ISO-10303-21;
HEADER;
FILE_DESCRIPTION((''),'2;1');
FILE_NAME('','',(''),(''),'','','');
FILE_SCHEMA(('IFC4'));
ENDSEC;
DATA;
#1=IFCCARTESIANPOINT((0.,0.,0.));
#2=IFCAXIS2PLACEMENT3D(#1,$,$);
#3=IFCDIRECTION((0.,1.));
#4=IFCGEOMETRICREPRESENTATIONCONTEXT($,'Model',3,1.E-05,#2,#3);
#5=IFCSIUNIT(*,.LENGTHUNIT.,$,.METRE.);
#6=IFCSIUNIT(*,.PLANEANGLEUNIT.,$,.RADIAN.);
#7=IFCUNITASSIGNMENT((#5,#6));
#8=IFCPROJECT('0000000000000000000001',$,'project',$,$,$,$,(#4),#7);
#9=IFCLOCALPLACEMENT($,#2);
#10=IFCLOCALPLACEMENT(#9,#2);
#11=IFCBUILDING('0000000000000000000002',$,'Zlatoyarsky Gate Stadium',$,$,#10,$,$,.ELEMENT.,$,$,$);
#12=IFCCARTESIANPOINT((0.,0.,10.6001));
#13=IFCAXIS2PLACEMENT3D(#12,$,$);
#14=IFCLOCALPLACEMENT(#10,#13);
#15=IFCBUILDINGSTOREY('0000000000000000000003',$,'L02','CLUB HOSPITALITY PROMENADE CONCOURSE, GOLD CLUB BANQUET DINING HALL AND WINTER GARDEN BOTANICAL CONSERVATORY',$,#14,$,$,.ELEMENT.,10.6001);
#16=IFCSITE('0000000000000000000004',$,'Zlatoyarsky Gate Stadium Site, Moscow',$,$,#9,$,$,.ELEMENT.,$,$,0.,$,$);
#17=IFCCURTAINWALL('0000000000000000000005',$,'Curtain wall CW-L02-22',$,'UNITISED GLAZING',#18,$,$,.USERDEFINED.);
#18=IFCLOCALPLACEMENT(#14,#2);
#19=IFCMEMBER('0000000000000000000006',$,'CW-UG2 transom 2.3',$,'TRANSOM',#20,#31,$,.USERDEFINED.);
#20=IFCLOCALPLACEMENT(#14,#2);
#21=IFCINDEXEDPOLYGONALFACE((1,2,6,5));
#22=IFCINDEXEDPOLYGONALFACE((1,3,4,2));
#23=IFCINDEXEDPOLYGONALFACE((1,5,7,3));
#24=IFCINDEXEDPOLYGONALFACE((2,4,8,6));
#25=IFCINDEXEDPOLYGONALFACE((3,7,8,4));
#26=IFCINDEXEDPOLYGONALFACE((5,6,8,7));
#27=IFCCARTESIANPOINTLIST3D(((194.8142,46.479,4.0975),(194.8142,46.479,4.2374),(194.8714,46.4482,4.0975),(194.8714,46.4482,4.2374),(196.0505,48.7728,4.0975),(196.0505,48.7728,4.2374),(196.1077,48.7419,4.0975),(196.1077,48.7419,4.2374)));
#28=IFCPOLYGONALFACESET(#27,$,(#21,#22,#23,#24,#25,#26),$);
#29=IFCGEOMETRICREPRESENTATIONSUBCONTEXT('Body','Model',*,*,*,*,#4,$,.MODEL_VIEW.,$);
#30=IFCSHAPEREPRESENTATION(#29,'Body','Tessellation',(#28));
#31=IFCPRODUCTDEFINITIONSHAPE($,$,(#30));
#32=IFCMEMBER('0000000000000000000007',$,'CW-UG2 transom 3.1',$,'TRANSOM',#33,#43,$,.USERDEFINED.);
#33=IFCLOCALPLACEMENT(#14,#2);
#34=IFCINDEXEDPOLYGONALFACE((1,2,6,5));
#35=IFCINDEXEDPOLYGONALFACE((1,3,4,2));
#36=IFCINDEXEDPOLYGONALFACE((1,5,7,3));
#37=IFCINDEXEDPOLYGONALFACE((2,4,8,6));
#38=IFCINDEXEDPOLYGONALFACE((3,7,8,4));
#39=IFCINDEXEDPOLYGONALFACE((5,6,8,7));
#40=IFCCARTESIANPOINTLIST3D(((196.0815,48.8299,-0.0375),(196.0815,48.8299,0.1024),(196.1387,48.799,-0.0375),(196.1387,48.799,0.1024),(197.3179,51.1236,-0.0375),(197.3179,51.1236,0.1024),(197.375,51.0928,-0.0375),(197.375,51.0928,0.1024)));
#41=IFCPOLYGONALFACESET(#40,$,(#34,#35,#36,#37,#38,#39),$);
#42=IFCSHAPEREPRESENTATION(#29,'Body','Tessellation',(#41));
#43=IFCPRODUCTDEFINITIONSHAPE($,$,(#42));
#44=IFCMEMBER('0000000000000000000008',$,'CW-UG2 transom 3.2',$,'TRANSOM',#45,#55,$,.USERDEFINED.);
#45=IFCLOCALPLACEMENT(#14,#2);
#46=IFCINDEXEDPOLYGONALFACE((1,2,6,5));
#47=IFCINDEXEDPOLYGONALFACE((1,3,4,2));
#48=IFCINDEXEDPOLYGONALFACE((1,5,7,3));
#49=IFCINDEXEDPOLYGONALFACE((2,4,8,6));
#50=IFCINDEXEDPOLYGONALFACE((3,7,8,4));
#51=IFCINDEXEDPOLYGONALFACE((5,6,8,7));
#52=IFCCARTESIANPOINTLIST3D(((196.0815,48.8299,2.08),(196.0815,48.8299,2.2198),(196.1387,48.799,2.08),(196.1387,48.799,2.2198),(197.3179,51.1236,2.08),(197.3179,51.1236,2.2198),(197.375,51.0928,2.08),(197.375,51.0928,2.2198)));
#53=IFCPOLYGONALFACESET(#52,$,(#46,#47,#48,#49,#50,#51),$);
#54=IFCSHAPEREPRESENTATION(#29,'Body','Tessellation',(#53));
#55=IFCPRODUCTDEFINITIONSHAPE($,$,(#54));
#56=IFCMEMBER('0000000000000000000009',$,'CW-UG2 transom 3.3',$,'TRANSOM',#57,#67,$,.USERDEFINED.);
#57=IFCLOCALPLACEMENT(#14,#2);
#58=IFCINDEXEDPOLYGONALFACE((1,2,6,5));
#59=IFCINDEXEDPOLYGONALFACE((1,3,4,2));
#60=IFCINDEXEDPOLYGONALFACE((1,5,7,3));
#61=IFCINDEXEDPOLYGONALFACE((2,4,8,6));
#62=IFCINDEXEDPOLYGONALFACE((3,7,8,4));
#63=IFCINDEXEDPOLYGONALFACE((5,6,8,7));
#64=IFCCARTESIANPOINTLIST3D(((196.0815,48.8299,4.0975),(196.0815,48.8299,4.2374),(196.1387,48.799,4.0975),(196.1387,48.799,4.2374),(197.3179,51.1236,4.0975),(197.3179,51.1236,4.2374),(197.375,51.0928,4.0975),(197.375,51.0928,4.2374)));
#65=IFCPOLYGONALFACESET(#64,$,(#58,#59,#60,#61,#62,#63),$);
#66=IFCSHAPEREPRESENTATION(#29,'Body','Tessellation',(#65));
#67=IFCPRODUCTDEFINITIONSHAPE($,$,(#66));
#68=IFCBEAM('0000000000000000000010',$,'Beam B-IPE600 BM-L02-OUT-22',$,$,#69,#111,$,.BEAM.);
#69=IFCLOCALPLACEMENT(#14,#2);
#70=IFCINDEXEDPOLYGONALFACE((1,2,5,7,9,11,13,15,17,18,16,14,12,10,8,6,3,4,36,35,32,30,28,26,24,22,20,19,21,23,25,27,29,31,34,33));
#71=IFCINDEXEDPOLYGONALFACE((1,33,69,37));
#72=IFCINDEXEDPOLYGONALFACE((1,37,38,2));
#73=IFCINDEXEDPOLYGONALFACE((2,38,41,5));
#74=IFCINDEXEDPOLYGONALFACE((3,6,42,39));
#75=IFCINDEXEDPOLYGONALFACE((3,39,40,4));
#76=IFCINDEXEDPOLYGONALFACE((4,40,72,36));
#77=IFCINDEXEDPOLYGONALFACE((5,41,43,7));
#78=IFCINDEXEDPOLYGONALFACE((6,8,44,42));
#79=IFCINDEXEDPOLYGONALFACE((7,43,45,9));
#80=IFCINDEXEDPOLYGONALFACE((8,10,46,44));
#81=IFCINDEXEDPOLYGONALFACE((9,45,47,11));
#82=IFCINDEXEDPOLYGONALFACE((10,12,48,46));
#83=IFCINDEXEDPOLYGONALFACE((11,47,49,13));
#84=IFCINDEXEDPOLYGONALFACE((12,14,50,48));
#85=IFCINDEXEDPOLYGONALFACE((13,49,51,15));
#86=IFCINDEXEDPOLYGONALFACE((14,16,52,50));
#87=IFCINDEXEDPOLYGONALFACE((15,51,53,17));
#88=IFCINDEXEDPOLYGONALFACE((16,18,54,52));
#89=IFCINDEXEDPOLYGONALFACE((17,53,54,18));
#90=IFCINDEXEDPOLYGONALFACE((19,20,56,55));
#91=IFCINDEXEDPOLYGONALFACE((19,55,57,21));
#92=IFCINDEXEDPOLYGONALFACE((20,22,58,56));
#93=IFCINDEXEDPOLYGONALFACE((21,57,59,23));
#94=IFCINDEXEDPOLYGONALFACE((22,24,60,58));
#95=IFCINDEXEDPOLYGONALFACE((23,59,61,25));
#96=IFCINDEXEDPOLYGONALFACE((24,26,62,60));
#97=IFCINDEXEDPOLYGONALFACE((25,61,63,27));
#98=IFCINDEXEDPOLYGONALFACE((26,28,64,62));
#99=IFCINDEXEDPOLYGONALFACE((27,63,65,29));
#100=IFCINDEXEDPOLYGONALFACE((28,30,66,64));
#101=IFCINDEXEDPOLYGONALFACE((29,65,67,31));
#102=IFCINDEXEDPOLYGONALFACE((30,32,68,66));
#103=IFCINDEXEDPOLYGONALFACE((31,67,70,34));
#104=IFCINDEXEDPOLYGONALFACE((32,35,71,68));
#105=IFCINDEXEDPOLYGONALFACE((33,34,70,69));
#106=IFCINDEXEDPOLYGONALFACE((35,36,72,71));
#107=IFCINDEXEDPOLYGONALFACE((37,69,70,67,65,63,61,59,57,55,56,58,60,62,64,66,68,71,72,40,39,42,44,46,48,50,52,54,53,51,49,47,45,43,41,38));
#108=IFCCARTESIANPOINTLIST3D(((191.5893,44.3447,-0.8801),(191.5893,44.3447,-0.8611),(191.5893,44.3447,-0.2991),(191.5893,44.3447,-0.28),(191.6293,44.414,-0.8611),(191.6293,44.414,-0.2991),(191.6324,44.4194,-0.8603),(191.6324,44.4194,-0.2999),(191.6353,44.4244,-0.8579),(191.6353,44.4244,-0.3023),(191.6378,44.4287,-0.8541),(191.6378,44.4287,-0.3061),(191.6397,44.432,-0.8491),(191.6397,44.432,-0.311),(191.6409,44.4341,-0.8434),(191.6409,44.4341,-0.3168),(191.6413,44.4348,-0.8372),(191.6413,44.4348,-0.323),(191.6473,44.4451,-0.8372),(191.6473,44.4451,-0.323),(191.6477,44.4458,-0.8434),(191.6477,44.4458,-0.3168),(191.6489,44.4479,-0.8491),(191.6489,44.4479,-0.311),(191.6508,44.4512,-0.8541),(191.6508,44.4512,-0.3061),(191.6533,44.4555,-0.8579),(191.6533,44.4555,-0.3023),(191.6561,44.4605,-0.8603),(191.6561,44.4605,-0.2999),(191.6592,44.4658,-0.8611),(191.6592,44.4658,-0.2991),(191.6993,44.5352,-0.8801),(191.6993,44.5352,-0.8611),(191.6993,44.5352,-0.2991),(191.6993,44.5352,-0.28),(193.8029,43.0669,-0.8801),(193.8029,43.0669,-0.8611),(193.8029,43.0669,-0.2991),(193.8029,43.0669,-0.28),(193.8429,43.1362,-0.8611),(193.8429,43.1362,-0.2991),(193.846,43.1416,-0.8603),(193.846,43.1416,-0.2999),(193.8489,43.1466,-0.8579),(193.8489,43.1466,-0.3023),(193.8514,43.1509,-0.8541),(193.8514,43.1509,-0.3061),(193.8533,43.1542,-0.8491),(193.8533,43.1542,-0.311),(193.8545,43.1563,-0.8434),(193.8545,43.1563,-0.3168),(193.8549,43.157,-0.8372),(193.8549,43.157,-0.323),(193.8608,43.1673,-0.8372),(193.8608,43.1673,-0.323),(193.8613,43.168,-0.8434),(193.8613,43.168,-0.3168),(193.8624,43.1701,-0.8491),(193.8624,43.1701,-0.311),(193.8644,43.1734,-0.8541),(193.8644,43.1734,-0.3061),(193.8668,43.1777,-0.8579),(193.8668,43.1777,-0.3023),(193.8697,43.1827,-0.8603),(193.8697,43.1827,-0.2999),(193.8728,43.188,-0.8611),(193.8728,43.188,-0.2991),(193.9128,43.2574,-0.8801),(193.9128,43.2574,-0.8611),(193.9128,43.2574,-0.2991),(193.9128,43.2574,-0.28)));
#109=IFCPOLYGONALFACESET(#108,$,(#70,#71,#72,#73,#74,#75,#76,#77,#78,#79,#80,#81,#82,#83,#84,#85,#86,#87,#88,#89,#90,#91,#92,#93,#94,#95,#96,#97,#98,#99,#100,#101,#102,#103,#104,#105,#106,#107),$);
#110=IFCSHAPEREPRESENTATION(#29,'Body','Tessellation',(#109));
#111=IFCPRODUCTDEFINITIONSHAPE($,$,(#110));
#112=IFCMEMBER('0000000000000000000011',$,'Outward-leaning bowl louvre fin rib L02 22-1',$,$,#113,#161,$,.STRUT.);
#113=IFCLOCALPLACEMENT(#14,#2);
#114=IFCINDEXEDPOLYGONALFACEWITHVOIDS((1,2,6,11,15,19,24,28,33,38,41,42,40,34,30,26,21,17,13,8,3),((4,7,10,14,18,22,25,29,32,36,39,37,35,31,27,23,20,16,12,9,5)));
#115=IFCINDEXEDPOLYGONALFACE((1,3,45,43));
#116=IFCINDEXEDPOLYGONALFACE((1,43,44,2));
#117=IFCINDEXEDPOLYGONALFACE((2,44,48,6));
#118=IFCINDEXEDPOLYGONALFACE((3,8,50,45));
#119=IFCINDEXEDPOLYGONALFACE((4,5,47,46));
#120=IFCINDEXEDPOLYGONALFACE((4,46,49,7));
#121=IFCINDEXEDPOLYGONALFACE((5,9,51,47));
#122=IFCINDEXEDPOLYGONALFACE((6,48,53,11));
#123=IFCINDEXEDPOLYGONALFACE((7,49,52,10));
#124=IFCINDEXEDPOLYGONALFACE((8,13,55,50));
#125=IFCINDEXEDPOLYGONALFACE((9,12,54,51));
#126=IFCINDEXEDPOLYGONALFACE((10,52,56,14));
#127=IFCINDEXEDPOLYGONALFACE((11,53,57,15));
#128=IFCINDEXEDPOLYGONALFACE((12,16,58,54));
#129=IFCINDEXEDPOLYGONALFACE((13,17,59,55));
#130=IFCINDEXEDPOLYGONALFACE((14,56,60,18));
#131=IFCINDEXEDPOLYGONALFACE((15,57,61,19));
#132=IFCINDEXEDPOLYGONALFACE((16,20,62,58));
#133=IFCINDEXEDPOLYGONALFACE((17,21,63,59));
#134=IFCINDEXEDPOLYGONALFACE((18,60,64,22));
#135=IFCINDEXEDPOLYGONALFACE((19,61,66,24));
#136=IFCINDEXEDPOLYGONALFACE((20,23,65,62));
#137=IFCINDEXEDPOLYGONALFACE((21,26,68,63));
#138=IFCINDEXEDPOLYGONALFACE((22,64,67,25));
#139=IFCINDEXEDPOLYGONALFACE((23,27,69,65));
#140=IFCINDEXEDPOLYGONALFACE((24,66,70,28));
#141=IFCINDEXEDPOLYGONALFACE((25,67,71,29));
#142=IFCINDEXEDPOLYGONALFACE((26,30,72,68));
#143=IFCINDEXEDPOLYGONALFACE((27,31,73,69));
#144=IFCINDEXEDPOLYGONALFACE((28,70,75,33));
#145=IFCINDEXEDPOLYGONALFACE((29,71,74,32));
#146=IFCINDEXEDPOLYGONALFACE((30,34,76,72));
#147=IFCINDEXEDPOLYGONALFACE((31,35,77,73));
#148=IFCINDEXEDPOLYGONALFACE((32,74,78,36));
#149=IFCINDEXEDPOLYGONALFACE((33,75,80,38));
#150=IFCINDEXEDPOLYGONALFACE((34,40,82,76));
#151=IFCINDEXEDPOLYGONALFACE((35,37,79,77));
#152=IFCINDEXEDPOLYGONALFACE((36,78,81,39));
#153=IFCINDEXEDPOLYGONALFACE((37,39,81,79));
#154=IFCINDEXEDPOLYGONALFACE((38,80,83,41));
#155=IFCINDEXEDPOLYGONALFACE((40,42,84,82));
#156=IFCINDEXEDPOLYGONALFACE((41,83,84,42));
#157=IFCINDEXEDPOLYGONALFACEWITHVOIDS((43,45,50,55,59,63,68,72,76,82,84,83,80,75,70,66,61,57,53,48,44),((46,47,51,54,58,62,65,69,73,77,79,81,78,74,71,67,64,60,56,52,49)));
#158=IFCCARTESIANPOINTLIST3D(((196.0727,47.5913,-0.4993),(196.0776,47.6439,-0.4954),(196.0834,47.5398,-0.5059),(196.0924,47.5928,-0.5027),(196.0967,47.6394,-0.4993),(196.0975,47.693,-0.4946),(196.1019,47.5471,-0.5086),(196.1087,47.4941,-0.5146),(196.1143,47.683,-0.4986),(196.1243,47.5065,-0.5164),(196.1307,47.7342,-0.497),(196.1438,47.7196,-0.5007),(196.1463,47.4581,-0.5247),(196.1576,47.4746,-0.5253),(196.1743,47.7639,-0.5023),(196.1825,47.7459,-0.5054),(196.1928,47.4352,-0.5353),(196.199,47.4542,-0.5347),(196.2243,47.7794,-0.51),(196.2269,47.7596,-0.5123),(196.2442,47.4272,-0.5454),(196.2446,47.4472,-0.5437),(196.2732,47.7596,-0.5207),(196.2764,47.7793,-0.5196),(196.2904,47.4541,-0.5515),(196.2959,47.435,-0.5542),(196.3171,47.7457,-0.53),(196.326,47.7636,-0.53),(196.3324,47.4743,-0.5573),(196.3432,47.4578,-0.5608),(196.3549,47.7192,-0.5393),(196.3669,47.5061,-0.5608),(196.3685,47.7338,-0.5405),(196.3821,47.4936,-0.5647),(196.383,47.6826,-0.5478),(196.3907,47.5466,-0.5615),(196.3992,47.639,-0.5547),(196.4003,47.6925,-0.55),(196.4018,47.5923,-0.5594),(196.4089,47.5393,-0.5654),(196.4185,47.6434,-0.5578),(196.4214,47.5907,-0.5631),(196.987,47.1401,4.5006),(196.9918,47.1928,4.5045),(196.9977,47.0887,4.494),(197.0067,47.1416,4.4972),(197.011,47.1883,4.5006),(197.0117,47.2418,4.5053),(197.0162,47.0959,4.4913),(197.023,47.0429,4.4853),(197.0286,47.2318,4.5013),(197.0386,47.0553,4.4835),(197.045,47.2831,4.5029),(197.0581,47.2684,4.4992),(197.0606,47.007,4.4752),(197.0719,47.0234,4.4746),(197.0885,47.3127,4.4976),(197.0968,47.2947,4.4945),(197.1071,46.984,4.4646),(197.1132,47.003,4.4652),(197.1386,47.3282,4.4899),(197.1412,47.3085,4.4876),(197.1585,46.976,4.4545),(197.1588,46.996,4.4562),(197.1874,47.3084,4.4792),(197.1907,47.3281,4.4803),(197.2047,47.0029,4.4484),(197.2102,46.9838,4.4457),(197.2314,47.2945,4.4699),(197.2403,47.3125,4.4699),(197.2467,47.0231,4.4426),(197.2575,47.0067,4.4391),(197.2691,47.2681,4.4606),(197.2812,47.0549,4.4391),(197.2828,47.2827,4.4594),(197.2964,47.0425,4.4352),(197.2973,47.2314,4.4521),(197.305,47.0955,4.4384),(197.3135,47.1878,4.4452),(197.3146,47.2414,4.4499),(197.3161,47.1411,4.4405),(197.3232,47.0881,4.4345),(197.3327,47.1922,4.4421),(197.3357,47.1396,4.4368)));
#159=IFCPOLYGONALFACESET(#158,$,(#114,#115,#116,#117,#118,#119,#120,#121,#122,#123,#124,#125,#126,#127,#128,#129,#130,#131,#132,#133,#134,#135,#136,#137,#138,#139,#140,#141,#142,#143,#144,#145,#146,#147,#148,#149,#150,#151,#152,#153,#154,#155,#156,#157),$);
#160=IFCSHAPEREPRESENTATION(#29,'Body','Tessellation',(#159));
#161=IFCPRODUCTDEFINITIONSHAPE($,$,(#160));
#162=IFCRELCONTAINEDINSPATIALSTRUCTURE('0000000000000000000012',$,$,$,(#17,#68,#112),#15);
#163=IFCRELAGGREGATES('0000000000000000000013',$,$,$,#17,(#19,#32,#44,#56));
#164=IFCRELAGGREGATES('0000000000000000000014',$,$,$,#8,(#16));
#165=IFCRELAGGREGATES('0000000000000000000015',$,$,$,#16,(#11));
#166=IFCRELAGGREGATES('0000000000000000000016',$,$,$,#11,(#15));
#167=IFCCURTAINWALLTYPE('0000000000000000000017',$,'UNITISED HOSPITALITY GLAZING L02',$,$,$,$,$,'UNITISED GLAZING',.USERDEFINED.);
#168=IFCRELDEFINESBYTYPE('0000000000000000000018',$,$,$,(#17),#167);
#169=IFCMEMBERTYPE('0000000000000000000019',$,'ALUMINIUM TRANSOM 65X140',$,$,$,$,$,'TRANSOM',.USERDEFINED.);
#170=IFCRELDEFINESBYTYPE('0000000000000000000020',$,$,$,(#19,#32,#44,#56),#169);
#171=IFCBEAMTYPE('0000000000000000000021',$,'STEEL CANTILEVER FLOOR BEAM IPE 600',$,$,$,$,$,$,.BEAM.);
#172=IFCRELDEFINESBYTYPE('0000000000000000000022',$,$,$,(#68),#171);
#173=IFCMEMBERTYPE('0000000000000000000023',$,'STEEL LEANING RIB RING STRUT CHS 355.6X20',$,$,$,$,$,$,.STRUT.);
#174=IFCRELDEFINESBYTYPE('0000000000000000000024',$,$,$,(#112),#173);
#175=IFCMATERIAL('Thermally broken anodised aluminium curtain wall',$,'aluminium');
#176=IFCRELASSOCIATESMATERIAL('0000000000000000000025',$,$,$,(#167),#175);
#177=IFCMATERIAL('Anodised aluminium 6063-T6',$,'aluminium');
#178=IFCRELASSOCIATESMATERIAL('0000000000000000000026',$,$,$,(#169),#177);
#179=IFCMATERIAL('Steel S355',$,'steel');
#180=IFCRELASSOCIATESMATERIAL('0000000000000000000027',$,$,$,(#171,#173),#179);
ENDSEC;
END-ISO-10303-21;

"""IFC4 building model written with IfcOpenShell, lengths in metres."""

from ifc_helpers import new_model, si_unit, direction, frame, origin, origin_2d, place, context, subcontext, project, spatial, rectangle, hollow_circle, i_section, extrude, material, material_profile, profile_set, type_object, element, aggregate, save


model = new_model("IFC4")

# Units and contexts
model_context = context("Model", 3, precision=1e-05, world=origin(), true_north=direction((0.0, 1.0)))
body_context = subcontext(model_context, "Body", "Model", "MODEL_VIEW")
ifc_project = project(units=[si_unit("LENGTHUNIT", "METRE"), si_unit("PLANEANGLEUNIT", "RADIAN")], contexts=[model_context])

# Site, building, storey
site_placement = place(None, origin())
site = spatial("IfcSite", under=ifc_project, at=site_placement, Name="Zlatoyarsky Gate Stadium Site, Moscow", CompositionType="ELEMENT", RefElevation=0.0)
building_placement = place(site_placement, origin())
building = spatial("IfcBuilding", under=site, at=building_placement, Name="Zlatoyarsky Gate Stadium", CompositionType="ELEMENT")
storey_placement = place(building_placement, frame((0.0, 0.0, 10.6001)))
storey = spatial("IfcBuildingStorey", under=building, at=storey_placement, Name="L02", Description="CLUB HOSPITALITY PROMENADE CONCOURSE, GOLD CLUB BANQUET DINING HALL AND WINTER GARDEN BOTANICAL CONSERVATORY", CompositionType="ELEMENT", Elevation=10.6001)

# Shared definitions
ifc_material_1 = material(Name="Steel S355", Category="steel")

# Curtain wall, members
ifc_material_2 = material(Name="Thermally broken anodised aluminium curtain wall", Category="aluminium")
curtain_wall_type = type_object("IfcCurtainWallType", Name="UNITISED HOSPITALITY GLAZING L02", ElementType="UNITISED GLAZING", PredefinedType="USERDEFINED", material=ifc_material_2)
curtain_wall_placement = place(storey_placement, origin())
curtain_wall = element("IfcCurtainWall", 1, at=curtain_wall_placement, inside=storey, type_object=curtain_wall_type, Name="Curtain wall CW-L02-22", ObjectType="UNITISED GLAZING", PredefinedType="USERDEFINED")
ifc_material_3 = material(Name="Anodised aluminium 6063-T6", Category="aluminium")
ifc_material_profile_1 = material_profile(ifc_material_3, rectangle(XDim=0.0649, YDim=0.1399, at=origin_2d()), Name="ALU 65X140")
ifc_profile_set_1 = profile_set([ifc_material_profile_1], Name="Anodised aluminium 6063-T6")
member_type_1 = type_object("IfcMemberType", Name="ALUMINIUM TRANSOM 65X140", ElementType="TRANSOM", PredefinedType="USERDEFINED", material=ifc_profile_set_1)
member_1_placement = place(storey_placement, frame((194.8428, 46.4636, 4.1675), z_axis=(0.474474, 0.880269, 0.0), x_axis=(-0.880269, 0.474474, 0.0)))
member_1 = element("IfcMember", 2, at=member_1_placement, type_object=member_type_1, Name="CW-UG2 transom 2.3", ObjectType="TRANSOM", PredefinedType="USERDEFINED", context=body_context, shape_type="SweptSolid", body=[
    extrude(rectangle(XDim=0.0649, YDim=0.1399, at=origin_2d()), origin(), (0.0, 0.0, 1.0), 2.6057),
])
member_2_placement = place(storey_placement, frame((196.1101, 48.8145, 0.0325), z_axis=(0.474474, 0.880269, 0.0), x_axis=(-0.880269, 0.474474, 0.0)))
member_2 = element("IfcMember", 3, at=member_2_placement, type_object=member_type_1, Name="CW-UG2 transom 3.1", ObjectType="TRANSOM", PredefinedType="USERDEFINED", context=body_context, shape_type="SweptSolid", body=[
    extrude(rectangle(XDim=0.0649, YDim=0.1399, at=origin_2d()), origin(), (0.0, 0.0, 1.0), 2.6057),
])
member_3_placement = place(storey_placement, frame((196.1101, 48.8145, 2.1499), z_axis=(0.474474, 0.880269, 0.0), x_axis=(-0.880269, 0.474474, 0.0)))
member_3 = element("IfcMember", 4, at=member_3_placement, type_object=member_type_1, Name="CW-UG2 transom 3.2", ObjectType="TRANSOM", PredefinedType="USERDEFINED", context=body_context, shape_type="SweptSolid", body=[
    extrude(rectangle(XDim=0.0649, YDim=0.1399, at=origin_2d()), origin(), (0.0, 0.0, 1.0), 2.6057),
])
member_4_placement = place(storey_placement, frame((196.1101, 48.8145, 4.1675), z_axis=(0.474474, 0.880269, 0.0), x_axis=(-0.880269, 0.474474, 0.0)))
member_4 = element("IfcMember", 5, at=member_4_placement, type_object=member_type_1, Name="CW-UG2 transom 3.3", ObjectType="TRANSOM", PredefinedType="USERDEFINED", context=body_context, shape_type="SweptSolid", body=[
    extrude(rectangle(XDim=0.0649, YDim=0.1399, at=origin_2d()), origin(), (0.0, 0.0, 1.0), 2.6057),
])

# Beam
ifc_material_profile_2 = material_profile(ifc_material_1, i_section(OverallWidth=0.22, OverallDepth=0.6001, WebThickness=0.012, FlangeThickness=0.019, FilletRadius=0.0239, at=origin_2d()), Name="IPE 600")
ifc_profile_set_2 = profile_set([ifc_material_profile_2], Name="Steel S355")
beam_type_1 = type_object("IfcBeamType", Name="STEEL CANTILEVER FLOOR BEAM IPE 600", PredefinedType="BEAM", material=ifc_profile_set_2)
beam_1_placement = place(storey_placement, frame((191.6443, 44.4399, -0.5801), z_axis=(0.86606, -0.49994, 0.0), x_axis=(0.49994, 0.86606, 0.0)))
element("IfcBeam", 6, at=beam_1_placement, inside=storey, type_object=beam_type_1, Name="Beam B-IPE600 BM-L02-OUT-22", PredefinedType="BEAM", context=body_context, shape_type="SweptSolid", body=[
    extrude(i_section(OverallWidth=0.22, OverallDepth=0.6001, WebThickness=0.012, FlangeThickness=0.019, FilletRadius=0.0239, at=origin_2d()), origin(), (0.0, 0.0, 1.0), 2.5559),
])

# Member
ifc_material_profile_3 = material_profile(ifc_material_1, hollow_circle(Radius=0.1777, WallThickness=0.02, at=origin_2d()), Name="CHS 355.6X20")
ifc_profile_set_3 = profile_set([ifc_material_profile_3], Name="Steel S355")
member_type_2 = type_object("IfcMemberType", Name="STEEL LEANING RIB RING STRUT CHS 355.6X20", PredefinedType="STRUT", material=ifc_profile_set_3)
member_5_placement = place(storey_placement, frame((196.2473, 47.6042, -0.53), z_axis=(0.179174, -0.088415, 0.979836), x_axis=(0.442514, 0.896762, 0.0)))
element("IfcMember", 7, at=member_5_placement, inside=storey, type_object=member_type_2, Name="Outward-leaning bowl louvre fin rib L02 22-1", PredefinedType="STRUT", context=body_context, shape_type="SweptSolid", body=[
    extrude(hollow_circle(Radius=0.1777, WallThickness=0.02, at=origin_2d()), origin(), (0.0, 0.0, 1.0), 5.1028),
])

aggregate(curtain_wall, [member_1, member_2, member_3, member_4])

save(model, "model.ifc")
